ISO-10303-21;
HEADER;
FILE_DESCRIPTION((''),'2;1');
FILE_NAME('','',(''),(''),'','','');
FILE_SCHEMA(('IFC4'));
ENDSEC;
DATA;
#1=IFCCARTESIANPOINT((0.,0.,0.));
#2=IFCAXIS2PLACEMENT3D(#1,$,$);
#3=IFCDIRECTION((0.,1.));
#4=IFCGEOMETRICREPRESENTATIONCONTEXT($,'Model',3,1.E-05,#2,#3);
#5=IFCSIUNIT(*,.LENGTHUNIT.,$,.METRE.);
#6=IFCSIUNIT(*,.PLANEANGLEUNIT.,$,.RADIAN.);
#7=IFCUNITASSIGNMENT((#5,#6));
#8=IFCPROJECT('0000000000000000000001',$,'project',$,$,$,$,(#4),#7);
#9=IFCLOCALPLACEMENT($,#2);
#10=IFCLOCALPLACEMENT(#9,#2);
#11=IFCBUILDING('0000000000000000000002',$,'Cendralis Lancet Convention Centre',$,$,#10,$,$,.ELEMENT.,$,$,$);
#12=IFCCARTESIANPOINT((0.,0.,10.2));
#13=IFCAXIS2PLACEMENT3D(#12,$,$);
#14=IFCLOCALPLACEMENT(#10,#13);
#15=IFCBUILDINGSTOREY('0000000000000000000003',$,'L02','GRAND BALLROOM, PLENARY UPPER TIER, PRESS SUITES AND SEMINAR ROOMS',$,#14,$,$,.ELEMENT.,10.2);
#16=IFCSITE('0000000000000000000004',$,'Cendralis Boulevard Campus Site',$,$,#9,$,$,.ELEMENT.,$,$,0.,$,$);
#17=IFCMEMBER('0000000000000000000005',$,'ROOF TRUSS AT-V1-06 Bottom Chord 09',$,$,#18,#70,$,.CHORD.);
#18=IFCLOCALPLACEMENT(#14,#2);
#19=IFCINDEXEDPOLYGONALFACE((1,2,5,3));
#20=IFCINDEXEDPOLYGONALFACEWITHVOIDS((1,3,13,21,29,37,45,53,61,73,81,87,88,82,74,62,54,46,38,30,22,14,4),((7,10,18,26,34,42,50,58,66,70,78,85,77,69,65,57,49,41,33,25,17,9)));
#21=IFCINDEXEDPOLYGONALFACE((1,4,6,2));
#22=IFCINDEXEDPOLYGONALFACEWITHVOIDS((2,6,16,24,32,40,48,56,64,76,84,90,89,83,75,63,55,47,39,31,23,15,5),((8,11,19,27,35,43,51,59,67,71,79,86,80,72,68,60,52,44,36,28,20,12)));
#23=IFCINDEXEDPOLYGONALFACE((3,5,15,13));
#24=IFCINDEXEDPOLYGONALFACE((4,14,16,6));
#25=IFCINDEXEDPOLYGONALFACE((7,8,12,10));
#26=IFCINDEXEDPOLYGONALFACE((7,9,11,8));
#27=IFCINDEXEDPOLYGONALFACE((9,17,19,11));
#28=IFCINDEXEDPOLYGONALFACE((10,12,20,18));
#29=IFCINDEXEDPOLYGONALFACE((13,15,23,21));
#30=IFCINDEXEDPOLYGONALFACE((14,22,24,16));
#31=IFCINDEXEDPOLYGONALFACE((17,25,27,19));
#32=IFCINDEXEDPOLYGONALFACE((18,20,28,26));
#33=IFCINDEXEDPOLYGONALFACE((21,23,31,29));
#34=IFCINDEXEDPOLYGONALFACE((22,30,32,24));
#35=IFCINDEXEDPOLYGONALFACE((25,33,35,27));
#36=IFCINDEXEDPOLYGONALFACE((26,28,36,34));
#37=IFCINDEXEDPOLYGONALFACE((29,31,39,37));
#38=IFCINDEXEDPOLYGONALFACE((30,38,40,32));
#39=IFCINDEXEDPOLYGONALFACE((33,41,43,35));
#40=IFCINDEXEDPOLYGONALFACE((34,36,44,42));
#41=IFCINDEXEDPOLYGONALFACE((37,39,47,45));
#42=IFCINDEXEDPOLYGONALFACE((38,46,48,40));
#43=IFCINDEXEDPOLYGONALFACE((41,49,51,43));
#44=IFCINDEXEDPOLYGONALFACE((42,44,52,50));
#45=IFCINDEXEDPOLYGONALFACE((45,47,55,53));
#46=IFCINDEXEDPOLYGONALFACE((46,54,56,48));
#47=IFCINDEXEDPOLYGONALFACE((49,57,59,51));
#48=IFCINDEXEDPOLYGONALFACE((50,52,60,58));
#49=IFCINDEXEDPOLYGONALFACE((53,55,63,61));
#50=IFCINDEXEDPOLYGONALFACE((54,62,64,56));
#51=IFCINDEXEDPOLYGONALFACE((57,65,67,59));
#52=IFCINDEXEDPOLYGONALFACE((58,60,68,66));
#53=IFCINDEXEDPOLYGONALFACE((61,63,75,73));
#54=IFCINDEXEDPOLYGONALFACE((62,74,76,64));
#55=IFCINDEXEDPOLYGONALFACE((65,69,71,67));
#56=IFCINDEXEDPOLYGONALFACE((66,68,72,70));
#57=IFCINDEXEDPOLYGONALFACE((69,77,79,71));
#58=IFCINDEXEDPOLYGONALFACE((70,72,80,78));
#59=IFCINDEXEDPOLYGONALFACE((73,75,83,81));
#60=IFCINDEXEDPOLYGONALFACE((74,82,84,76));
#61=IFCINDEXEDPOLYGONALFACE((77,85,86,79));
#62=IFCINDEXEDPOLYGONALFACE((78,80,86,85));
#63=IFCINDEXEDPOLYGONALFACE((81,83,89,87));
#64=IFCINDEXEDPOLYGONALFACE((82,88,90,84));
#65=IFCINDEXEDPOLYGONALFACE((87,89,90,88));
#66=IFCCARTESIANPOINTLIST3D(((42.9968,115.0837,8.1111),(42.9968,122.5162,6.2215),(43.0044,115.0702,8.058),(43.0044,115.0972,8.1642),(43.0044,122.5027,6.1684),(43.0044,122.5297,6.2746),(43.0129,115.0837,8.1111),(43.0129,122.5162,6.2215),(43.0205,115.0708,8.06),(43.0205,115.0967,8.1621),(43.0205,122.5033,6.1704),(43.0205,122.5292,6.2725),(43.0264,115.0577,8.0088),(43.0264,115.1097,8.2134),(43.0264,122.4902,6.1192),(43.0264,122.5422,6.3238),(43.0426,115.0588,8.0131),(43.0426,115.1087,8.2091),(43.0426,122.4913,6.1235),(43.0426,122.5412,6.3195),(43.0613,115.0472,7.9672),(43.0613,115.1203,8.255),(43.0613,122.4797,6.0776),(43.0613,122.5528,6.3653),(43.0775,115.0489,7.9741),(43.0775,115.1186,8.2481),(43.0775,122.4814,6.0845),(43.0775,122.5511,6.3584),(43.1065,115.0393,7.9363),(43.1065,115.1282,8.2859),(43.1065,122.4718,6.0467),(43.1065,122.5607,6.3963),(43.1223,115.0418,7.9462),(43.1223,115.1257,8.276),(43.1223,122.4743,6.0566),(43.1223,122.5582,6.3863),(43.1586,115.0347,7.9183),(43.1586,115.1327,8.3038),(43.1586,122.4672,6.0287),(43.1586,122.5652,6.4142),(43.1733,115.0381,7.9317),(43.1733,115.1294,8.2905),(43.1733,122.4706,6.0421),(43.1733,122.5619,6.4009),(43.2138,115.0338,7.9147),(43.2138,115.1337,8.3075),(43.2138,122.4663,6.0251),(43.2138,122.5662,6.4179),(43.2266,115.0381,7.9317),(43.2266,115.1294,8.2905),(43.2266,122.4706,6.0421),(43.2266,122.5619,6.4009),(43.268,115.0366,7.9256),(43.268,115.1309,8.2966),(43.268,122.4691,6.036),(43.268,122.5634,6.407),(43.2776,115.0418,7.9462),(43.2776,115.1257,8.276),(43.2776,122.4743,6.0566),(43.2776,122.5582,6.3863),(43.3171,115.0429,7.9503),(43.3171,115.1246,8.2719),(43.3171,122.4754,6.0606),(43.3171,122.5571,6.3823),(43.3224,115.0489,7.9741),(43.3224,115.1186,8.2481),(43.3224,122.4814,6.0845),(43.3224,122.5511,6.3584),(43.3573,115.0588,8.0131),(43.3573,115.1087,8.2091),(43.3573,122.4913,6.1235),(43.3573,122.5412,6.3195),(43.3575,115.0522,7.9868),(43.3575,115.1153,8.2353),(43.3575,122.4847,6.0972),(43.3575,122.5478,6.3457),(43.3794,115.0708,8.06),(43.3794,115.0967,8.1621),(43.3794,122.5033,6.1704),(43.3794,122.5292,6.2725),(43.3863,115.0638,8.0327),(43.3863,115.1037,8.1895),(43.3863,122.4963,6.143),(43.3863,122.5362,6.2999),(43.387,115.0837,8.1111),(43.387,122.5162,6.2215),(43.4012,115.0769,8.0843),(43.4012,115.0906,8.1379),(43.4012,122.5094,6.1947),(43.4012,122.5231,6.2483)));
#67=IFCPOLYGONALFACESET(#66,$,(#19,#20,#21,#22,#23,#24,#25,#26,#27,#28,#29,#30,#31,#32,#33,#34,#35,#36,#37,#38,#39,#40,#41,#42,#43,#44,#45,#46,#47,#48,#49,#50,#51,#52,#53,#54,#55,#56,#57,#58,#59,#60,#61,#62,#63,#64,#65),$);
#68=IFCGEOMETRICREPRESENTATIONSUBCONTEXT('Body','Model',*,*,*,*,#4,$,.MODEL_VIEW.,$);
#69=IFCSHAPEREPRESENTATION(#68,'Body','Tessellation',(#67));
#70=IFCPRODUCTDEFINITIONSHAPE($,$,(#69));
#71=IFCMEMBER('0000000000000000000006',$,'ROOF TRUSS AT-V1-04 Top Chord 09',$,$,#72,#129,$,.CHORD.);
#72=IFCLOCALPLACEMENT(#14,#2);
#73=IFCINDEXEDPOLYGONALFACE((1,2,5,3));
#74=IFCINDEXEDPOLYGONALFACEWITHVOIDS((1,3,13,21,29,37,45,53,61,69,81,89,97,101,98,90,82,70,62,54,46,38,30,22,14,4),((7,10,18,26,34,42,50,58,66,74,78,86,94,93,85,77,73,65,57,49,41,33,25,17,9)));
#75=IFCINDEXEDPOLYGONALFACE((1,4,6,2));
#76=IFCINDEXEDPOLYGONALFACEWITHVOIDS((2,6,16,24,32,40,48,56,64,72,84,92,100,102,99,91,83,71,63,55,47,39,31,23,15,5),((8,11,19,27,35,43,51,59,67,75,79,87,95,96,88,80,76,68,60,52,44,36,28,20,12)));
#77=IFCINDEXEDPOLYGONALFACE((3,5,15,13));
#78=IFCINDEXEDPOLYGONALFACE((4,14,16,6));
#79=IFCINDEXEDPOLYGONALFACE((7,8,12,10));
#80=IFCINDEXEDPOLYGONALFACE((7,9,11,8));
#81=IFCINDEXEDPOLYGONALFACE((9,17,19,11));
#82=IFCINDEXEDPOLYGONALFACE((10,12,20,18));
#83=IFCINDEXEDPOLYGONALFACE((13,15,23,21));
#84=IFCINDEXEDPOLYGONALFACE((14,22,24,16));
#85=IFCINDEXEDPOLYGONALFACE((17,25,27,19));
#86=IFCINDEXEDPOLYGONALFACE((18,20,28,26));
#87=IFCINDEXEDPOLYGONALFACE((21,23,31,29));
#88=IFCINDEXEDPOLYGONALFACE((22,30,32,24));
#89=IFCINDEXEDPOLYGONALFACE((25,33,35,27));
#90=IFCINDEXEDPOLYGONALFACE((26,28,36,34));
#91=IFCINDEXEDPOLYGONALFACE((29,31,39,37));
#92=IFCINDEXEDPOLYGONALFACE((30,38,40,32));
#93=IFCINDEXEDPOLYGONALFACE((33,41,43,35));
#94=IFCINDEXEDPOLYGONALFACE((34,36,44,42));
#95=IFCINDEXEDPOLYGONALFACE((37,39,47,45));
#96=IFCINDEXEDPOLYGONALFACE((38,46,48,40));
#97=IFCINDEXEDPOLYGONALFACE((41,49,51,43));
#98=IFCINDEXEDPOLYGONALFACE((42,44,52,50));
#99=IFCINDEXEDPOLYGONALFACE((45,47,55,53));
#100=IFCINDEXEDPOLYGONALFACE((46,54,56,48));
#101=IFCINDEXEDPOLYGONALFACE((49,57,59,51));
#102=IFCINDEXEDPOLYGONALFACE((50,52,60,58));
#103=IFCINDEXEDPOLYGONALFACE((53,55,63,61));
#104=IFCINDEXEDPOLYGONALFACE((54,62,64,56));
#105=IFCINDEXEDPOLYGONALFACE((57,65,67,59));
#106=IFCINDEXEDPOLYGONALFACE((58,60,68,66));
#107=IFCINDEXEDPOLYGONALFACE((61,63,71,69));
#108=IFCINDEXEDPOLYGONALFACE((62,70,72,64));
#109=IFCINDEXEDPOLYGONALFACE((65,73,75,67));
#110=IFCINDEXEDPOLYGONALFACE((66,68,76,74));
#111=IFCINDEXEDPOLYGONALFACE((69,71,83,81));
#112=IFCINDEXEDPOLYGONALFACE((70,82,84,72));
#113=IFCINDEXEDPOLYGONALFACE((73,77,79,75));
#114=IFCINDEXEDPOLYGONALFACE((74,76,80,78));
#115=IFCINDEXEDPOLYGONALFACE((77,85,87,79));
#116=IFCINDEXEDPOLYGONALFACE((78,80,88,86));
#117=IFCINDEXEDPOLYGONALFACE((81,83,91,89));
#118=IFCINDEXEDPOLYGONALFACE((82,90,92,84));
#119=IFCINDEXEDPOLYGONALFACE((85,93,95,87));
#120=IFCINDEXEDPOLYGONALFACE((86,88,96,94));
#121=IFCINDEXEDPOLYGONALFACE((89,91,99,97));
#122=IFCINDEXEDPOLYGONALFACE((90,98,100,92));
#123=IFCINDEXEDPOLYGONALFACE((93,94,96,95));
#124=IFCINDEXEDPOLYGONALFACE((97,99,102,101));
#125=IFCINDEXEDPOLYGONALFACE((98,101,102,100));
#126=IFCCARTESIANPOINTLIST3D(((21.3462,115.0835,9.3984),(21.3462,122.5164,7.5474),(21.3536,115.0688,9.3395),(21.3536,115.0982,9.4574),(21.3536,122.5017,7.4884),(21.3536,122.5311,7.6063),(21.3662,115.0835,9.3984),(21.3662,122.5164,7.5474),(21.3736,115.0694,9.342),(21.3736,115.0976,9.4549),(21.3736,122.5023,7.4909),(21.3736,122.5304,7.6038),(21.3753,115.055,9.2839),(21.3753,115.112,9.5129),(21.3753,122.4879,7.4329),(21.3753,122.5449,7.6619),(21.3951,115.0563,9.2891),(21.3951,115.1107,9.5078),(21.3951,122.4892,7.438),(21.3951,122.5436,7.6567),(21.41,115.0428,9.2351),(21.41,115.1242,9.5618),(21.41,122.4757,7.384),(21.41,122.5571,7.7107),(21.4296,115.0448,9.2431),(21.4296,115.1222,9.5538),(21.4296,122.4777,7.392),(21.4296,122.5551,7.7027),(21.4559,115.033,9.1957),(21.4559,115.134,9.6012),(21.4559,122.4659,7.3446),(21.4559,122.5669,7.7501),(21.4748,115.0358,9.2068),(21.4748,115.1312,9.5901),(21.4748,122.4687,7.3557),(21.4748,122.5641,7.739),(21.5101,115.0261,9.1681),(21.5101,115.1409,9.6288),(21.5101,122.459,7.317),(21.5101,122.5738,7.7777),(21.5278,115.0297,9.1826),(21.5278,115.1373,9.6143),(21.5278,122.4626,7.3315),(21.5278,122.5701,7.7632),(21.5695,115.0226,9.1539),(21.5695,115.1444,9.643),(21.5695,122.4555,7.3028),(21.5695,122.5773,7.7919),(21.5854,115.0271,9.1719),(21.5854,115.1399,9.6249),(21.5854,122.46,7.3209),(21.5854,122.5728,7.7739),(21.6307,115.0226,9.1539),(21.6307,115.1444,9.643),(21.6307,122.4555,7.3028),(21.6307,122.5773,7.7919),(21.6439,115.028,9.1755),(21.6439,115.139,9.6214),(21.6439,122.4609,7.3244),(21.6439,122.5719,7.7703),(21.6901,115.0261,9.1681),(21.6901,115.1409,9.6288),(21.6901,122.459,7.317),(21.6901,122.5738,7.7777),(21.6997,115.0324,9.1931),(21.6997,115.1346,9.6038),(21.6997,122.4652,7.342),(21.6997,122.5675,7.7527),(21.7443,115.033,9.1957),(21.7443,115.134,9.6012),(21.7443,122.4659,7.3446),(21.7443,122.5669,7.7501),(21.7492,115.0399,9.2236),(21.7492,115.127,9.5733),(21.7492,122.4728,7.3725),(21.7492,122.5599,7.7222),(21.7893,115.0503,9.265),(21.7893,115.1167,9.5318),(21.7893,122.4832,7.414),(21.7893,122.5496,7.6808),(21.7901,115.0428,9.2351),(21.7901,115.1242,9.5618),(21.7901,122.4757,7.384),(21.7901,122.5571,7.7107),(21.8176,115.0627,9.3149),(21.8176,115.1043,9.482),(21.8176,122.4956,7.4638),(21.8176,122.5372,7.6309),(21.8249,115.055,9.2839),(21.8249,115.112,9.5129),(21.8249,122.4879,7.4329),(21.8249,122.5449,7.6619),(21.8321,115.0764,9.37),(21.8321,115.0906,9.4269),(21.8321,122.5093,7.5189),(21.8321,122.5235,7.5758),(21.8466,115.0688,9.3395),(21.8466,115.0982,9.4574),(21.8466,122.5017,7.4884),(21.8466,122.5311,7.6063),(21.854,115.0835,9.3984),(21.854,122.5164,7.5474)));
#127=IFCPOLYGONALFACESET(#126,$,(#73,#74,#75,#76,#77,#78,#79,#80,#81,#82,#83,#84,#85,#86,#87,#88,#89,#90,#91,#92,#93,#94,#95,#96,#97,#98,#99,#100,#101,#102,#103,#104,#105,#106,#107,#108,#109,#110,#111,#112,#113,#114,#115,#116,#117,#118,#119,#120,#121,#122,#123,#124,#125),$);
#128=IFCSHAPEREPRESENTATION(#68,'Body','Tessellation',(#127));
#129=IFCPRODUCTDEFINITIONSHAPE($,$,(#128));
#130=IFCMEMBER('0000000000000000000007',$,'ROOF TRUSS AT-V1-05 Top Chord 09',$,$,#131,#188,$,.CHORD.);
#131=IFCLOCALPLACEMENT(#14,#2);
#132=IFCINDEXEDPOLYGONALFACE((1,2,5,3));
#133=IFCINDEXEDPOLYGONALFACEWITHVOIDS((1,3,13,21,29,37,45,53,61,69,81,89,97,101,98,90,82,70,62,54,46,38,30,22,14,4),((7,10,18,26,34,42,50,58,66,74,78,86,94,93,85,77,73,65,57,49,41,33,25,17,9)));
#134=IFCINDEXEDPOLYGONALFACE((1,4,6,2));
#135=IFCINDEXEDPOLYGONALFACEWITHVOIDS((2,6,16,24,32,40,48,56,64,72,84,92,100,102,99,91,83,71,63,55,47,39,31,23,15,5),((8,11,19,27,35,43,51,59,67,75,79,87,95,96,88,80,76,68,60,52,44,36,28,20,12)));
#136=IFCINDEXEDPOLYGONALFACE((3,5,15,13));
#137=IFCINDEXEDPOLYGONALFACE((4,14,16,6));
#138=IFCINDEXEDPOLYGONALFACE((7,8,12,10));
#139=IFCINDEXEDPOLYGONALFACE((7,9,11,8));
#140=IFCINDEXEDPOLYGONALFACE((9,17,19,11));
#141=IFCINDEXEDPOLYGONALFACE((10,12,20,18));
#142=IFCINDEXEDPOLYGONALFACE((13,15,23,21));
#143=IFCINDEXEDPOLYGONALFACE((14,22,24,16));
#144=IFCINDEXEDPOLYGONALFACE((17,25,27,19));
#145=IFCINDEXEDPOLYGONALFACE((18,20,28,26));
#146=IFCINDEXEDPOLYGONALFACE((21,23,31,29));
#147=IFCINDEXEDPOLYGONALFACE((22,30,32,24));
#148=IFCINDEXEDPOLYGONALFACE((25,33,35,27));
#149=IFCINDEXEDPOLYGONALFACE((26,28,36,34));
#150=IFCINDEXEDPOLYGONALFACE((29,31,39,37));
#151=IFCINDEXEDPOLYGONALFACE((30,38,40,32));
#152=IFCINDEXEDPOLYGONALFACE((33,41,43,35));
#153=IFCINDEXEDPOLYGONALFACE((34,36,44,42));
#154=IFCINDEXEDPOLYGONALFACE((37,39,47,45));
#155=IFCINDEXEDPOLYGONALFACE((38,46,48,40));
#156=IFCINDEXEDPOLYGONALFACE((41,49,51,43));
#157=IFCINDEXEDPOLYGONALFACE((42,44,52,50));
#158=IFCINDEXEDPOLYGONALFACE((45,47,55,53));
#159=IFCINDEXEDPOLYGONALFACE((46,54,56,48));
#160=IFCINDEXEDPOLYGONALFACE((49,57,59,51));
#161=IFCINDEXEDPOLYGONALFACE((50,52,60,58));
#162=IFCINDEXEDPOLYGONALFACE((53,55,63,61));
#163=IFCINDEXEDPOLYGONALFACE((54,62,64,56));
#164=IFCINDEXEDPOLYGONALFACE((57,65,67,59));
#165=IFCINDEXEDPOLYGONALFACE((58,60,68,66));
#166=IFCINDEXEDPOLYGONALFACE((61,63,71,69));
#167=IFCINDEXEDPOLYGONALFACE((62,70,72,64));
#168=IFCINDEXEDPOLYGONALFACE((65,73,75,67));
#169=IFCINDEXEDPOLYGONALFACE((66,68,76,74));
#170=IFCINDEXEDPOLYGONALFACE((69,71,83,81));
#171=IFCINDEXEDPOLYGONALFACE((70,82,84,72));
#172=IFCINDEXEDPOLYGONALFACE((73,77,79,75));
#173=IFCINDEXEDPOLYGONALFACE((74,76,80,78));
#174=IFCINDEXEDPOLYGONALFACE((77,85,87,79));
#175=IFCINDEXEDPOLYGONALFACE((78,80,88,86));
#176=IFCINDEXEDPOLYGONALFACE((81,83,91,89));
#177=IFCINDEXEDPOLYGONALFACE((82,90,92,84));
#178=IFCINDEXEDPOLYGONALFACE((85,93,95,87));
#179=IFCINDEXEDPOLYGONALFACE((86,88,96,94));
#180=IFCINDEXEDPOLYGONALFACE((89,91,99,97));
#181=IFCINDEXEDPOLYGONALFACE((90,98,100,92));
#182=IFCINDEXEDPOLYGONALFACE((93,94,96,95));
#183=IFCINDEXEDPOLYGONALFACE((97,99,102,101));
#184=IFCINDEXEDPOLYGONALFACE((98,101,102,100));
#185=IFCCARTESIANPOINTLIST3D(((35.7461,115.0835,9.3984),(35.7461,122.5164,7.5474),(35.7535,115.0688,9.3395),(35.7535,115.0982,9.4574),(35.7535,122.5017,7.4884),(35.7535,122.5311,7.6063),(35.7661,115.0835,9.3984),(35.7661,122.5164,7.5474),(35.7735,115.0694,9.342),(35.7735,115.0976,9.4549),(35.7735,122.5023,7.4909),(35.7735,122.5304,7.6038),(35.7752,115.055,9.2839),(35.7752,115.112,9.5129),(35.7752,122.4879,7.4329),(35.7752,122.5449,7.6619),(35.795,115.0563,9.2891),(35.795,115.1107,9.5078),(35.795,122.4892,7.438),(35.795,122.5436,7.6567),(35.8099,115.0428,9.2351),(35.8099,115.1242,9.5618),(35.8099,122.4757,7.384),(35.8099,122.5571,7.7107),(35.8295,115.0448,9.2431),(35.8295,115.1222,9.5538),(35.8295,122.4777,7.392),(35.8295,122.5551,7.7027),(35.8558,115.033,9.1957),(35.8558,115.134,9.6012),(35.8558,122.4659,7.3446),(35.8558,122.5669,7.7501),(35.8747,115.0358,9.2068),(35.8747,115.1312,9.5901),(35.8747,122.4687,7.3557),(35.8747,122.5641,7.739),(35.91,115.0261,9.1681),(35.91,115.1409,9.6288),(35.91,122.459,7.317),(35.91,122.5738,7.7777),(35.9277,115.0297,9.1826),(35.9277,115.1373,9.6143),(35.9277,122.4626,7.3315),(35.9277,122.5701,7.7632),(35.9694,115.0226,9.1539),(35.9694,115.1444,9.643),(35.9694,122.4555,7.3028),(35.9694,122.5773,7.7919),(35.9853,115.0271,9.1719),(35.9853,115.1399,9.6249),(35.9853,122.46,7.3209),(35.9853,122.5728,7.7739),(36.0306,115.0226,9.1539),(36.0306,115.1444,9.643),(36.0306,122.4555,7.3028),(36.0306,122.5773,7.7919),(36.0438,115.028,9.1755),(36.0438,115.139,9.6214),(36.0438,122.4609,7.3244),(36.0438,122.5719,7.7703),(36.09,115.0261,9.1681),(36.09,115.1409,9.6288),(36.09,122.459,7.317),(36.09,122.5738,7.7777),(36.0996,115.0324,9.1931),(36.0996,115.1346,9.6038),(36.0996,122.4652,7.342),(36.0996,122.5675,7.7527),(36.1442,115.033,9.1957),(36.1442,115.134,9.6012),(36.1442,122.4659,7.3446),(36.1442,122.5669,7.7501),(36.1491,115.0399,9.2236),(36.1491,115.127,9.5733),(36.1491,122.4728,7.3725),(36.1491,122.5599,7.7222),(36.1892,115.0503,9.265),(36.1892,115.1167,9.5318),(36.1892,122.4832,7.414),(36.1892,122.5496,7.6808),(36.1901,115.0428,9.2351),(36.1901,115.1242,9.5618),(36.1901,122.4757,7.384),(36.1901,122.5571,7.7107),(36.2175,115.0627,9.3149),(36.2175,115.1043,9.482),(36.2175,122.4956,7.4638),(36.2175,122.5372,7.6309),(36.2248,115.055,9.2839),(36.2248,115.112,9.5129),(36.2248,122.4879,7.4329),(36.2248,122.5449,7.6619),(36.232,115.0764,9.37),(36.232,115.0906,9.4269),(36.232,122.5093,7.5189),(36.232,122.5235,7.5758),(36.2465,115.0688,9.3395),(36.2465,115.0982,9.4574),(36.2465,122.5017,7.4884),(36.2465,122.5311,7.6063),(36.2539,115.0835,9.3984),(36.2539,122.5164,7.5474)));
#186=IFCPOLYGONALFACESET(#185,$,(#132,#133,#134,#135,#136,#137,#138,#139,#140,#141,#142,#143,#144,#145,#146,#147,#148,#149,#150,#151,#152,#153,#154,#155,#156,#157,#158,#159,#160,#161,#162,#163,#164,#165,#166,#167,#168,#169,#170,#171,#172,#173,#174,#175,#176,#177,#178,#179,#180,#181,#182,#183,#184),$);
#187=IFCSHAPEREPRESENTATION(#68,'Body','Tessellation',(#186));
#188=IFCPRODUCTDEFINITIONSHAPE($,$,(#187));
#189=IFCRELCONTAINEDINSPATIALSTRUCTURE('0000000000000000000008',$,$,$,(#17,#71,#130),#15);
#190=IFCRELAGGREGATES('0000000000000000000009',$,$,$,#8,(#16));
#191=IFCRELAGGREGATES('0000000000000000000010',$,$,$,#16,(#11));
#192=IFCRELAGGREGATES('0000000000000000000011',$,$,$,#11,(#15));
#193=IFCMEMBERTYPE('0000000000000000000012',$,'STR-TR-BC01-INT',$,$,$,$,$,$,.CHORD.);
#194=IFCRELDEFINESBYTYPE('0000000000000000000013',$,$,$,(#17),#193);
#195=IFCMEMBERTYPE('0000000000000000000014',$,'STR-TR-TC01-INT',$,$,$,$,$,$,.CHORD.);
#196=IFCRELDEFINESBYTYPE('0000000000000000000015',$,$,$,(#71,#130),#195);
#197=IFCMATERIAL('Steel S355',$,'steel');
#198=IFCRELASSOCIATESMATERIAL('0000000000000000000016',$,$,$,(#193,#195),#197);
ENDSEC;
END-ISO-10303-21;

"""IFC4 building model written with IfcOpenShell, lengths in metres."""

from ifc_helpers import new_model, si_unit, direction, frame, origin, origin_2d, place, context, subcontext, project, spatial, hollow_circle, extrude, material, material_profile, profile_set, type_object, element, save


model = new_model("IFC4")

# Units and contexts
model_context = context("Model", 3, precision=1e-05, world=origin(), true_north=direction((0.0, 1.0)))
body_context = subcontext(model_context, "Body", "Model", "MODEL_VIEW")
ifc_project = project(units=[si_unit("LENGTHUNIT", "METRE"), si_unit("PLANEANGLEUNIT", "RADIAN")], contexts=[model_context])

# Site, building, storey
site_placement = place(None, origin())
site = spatial("IfcSite", under=ifc_project, at=site_placement, Name="Cendralis Boulevard Campus Site", CompositionType="ELEMENT", RefElevation=0.0)
building_placement = place(site_placement, origin())
building = spatial("IfcBuilding", under=site, at=building_placement, Name="Cendralis Lancet Convention Centre", CompositionType="ELEMENT")
storey_placement = place(building_placement, frame((0.0, 0.0, 10.2)))
storey = spatial("IfcBuildingStorey", under=building, at=storey_placement, Name="L02", Description="GRAND BALLROOM, PLENARY UPPER TIER, PRESS SUITES AND SEMINAR ROOMS", CompositionType="ELEMENT", Elevation=10.2)

# Members
ifc_material = material(Name="Steel S355", Category="steel")
ifc_material_profile_1 = material_profile(ifc_material, hollow_circle(Radius=0.2031, WallThickness=0.0161, at=origin_2d()), Name="CHS 406.4x16.0")
ifc_profile_set_1 = profile_set([ifc_material_profile_1], Name="Steel S355")
member_type_1 = type_object("IfcMemberType", Name="STR-TR-BC01-INT", PredefinedType="CHORD", material=ifc_profile_set_1)
for number, where, z_axis, x_axis, name in (
    (1, (43.2, 115.0837, 8.1111), (0.0, 0.969169, -0.246399), (-1.0, 0.0, 0.0), "ROOF TRUSS AT-V1-06 Bottom Chord 09"),
):
    element("IfcMember", number, at=place(storey_placement, frame(where, z_axis=z_axis, x_axis=x_axis)), inside=storey, type_object=member_type_1, Name=name, PredefinedType="CHORD", context=body_context, shape_type="SweptSolid", body=[
        extrude(hollow_circle(Radius=0.2031, WallThickness=0.0161, at=origin_2d()), origin(), (0.0, 0.0, 1.0), 7.6689),
    ])
ifc_material_profile_2 = material_profile(ifc_material, hollow_circle(Radius=0.2539, WallThickness=0.02, at=origin_2d()), Name="CHS 508.0x20.0")
ifc_profile_set_2 = profile_set([ifc_material_profile_2], Name="Steel S355")
member_type_2 = type_object("IfcMemberType", Name="STR-TR-TC01-INT", PredefinedType="CHORD", material=ifc_profile_set_2)
for number, where, z_axis, x_axis, name in (
    (2, (21.6001, 115.0835, 9.3984), (0.0, 0.970361, -0.241658), (-1.0, 0.0, 0.0), "ROOF TRUSS AT-V1-04 Top Chord 09"),
    (3, (36.0, 115.0835, 9.3984), (0.0, 0.970361, -0.241658), (-1.0, 0.0, 0.0), "ROOF TRUSS AT-V1-05 Top Chord 09"),
):
    element("IfcMember", number, at=place(storey_placement, frame(where, z_axis=z_axis, x_axis=x_axis)), inside=storey, type_object=member_type_2, Name=name, PredefinedType="CHORD", context=body_context, shape_type="SweptSolid", body=[
        extrude(hollow_circle(Radius=0.2539, WallThickness=0.02, at=origin_2d()), origin(), (0.0, 0.0, 1.0), 7.6599),
    ])

save(model, "model.ifc")
